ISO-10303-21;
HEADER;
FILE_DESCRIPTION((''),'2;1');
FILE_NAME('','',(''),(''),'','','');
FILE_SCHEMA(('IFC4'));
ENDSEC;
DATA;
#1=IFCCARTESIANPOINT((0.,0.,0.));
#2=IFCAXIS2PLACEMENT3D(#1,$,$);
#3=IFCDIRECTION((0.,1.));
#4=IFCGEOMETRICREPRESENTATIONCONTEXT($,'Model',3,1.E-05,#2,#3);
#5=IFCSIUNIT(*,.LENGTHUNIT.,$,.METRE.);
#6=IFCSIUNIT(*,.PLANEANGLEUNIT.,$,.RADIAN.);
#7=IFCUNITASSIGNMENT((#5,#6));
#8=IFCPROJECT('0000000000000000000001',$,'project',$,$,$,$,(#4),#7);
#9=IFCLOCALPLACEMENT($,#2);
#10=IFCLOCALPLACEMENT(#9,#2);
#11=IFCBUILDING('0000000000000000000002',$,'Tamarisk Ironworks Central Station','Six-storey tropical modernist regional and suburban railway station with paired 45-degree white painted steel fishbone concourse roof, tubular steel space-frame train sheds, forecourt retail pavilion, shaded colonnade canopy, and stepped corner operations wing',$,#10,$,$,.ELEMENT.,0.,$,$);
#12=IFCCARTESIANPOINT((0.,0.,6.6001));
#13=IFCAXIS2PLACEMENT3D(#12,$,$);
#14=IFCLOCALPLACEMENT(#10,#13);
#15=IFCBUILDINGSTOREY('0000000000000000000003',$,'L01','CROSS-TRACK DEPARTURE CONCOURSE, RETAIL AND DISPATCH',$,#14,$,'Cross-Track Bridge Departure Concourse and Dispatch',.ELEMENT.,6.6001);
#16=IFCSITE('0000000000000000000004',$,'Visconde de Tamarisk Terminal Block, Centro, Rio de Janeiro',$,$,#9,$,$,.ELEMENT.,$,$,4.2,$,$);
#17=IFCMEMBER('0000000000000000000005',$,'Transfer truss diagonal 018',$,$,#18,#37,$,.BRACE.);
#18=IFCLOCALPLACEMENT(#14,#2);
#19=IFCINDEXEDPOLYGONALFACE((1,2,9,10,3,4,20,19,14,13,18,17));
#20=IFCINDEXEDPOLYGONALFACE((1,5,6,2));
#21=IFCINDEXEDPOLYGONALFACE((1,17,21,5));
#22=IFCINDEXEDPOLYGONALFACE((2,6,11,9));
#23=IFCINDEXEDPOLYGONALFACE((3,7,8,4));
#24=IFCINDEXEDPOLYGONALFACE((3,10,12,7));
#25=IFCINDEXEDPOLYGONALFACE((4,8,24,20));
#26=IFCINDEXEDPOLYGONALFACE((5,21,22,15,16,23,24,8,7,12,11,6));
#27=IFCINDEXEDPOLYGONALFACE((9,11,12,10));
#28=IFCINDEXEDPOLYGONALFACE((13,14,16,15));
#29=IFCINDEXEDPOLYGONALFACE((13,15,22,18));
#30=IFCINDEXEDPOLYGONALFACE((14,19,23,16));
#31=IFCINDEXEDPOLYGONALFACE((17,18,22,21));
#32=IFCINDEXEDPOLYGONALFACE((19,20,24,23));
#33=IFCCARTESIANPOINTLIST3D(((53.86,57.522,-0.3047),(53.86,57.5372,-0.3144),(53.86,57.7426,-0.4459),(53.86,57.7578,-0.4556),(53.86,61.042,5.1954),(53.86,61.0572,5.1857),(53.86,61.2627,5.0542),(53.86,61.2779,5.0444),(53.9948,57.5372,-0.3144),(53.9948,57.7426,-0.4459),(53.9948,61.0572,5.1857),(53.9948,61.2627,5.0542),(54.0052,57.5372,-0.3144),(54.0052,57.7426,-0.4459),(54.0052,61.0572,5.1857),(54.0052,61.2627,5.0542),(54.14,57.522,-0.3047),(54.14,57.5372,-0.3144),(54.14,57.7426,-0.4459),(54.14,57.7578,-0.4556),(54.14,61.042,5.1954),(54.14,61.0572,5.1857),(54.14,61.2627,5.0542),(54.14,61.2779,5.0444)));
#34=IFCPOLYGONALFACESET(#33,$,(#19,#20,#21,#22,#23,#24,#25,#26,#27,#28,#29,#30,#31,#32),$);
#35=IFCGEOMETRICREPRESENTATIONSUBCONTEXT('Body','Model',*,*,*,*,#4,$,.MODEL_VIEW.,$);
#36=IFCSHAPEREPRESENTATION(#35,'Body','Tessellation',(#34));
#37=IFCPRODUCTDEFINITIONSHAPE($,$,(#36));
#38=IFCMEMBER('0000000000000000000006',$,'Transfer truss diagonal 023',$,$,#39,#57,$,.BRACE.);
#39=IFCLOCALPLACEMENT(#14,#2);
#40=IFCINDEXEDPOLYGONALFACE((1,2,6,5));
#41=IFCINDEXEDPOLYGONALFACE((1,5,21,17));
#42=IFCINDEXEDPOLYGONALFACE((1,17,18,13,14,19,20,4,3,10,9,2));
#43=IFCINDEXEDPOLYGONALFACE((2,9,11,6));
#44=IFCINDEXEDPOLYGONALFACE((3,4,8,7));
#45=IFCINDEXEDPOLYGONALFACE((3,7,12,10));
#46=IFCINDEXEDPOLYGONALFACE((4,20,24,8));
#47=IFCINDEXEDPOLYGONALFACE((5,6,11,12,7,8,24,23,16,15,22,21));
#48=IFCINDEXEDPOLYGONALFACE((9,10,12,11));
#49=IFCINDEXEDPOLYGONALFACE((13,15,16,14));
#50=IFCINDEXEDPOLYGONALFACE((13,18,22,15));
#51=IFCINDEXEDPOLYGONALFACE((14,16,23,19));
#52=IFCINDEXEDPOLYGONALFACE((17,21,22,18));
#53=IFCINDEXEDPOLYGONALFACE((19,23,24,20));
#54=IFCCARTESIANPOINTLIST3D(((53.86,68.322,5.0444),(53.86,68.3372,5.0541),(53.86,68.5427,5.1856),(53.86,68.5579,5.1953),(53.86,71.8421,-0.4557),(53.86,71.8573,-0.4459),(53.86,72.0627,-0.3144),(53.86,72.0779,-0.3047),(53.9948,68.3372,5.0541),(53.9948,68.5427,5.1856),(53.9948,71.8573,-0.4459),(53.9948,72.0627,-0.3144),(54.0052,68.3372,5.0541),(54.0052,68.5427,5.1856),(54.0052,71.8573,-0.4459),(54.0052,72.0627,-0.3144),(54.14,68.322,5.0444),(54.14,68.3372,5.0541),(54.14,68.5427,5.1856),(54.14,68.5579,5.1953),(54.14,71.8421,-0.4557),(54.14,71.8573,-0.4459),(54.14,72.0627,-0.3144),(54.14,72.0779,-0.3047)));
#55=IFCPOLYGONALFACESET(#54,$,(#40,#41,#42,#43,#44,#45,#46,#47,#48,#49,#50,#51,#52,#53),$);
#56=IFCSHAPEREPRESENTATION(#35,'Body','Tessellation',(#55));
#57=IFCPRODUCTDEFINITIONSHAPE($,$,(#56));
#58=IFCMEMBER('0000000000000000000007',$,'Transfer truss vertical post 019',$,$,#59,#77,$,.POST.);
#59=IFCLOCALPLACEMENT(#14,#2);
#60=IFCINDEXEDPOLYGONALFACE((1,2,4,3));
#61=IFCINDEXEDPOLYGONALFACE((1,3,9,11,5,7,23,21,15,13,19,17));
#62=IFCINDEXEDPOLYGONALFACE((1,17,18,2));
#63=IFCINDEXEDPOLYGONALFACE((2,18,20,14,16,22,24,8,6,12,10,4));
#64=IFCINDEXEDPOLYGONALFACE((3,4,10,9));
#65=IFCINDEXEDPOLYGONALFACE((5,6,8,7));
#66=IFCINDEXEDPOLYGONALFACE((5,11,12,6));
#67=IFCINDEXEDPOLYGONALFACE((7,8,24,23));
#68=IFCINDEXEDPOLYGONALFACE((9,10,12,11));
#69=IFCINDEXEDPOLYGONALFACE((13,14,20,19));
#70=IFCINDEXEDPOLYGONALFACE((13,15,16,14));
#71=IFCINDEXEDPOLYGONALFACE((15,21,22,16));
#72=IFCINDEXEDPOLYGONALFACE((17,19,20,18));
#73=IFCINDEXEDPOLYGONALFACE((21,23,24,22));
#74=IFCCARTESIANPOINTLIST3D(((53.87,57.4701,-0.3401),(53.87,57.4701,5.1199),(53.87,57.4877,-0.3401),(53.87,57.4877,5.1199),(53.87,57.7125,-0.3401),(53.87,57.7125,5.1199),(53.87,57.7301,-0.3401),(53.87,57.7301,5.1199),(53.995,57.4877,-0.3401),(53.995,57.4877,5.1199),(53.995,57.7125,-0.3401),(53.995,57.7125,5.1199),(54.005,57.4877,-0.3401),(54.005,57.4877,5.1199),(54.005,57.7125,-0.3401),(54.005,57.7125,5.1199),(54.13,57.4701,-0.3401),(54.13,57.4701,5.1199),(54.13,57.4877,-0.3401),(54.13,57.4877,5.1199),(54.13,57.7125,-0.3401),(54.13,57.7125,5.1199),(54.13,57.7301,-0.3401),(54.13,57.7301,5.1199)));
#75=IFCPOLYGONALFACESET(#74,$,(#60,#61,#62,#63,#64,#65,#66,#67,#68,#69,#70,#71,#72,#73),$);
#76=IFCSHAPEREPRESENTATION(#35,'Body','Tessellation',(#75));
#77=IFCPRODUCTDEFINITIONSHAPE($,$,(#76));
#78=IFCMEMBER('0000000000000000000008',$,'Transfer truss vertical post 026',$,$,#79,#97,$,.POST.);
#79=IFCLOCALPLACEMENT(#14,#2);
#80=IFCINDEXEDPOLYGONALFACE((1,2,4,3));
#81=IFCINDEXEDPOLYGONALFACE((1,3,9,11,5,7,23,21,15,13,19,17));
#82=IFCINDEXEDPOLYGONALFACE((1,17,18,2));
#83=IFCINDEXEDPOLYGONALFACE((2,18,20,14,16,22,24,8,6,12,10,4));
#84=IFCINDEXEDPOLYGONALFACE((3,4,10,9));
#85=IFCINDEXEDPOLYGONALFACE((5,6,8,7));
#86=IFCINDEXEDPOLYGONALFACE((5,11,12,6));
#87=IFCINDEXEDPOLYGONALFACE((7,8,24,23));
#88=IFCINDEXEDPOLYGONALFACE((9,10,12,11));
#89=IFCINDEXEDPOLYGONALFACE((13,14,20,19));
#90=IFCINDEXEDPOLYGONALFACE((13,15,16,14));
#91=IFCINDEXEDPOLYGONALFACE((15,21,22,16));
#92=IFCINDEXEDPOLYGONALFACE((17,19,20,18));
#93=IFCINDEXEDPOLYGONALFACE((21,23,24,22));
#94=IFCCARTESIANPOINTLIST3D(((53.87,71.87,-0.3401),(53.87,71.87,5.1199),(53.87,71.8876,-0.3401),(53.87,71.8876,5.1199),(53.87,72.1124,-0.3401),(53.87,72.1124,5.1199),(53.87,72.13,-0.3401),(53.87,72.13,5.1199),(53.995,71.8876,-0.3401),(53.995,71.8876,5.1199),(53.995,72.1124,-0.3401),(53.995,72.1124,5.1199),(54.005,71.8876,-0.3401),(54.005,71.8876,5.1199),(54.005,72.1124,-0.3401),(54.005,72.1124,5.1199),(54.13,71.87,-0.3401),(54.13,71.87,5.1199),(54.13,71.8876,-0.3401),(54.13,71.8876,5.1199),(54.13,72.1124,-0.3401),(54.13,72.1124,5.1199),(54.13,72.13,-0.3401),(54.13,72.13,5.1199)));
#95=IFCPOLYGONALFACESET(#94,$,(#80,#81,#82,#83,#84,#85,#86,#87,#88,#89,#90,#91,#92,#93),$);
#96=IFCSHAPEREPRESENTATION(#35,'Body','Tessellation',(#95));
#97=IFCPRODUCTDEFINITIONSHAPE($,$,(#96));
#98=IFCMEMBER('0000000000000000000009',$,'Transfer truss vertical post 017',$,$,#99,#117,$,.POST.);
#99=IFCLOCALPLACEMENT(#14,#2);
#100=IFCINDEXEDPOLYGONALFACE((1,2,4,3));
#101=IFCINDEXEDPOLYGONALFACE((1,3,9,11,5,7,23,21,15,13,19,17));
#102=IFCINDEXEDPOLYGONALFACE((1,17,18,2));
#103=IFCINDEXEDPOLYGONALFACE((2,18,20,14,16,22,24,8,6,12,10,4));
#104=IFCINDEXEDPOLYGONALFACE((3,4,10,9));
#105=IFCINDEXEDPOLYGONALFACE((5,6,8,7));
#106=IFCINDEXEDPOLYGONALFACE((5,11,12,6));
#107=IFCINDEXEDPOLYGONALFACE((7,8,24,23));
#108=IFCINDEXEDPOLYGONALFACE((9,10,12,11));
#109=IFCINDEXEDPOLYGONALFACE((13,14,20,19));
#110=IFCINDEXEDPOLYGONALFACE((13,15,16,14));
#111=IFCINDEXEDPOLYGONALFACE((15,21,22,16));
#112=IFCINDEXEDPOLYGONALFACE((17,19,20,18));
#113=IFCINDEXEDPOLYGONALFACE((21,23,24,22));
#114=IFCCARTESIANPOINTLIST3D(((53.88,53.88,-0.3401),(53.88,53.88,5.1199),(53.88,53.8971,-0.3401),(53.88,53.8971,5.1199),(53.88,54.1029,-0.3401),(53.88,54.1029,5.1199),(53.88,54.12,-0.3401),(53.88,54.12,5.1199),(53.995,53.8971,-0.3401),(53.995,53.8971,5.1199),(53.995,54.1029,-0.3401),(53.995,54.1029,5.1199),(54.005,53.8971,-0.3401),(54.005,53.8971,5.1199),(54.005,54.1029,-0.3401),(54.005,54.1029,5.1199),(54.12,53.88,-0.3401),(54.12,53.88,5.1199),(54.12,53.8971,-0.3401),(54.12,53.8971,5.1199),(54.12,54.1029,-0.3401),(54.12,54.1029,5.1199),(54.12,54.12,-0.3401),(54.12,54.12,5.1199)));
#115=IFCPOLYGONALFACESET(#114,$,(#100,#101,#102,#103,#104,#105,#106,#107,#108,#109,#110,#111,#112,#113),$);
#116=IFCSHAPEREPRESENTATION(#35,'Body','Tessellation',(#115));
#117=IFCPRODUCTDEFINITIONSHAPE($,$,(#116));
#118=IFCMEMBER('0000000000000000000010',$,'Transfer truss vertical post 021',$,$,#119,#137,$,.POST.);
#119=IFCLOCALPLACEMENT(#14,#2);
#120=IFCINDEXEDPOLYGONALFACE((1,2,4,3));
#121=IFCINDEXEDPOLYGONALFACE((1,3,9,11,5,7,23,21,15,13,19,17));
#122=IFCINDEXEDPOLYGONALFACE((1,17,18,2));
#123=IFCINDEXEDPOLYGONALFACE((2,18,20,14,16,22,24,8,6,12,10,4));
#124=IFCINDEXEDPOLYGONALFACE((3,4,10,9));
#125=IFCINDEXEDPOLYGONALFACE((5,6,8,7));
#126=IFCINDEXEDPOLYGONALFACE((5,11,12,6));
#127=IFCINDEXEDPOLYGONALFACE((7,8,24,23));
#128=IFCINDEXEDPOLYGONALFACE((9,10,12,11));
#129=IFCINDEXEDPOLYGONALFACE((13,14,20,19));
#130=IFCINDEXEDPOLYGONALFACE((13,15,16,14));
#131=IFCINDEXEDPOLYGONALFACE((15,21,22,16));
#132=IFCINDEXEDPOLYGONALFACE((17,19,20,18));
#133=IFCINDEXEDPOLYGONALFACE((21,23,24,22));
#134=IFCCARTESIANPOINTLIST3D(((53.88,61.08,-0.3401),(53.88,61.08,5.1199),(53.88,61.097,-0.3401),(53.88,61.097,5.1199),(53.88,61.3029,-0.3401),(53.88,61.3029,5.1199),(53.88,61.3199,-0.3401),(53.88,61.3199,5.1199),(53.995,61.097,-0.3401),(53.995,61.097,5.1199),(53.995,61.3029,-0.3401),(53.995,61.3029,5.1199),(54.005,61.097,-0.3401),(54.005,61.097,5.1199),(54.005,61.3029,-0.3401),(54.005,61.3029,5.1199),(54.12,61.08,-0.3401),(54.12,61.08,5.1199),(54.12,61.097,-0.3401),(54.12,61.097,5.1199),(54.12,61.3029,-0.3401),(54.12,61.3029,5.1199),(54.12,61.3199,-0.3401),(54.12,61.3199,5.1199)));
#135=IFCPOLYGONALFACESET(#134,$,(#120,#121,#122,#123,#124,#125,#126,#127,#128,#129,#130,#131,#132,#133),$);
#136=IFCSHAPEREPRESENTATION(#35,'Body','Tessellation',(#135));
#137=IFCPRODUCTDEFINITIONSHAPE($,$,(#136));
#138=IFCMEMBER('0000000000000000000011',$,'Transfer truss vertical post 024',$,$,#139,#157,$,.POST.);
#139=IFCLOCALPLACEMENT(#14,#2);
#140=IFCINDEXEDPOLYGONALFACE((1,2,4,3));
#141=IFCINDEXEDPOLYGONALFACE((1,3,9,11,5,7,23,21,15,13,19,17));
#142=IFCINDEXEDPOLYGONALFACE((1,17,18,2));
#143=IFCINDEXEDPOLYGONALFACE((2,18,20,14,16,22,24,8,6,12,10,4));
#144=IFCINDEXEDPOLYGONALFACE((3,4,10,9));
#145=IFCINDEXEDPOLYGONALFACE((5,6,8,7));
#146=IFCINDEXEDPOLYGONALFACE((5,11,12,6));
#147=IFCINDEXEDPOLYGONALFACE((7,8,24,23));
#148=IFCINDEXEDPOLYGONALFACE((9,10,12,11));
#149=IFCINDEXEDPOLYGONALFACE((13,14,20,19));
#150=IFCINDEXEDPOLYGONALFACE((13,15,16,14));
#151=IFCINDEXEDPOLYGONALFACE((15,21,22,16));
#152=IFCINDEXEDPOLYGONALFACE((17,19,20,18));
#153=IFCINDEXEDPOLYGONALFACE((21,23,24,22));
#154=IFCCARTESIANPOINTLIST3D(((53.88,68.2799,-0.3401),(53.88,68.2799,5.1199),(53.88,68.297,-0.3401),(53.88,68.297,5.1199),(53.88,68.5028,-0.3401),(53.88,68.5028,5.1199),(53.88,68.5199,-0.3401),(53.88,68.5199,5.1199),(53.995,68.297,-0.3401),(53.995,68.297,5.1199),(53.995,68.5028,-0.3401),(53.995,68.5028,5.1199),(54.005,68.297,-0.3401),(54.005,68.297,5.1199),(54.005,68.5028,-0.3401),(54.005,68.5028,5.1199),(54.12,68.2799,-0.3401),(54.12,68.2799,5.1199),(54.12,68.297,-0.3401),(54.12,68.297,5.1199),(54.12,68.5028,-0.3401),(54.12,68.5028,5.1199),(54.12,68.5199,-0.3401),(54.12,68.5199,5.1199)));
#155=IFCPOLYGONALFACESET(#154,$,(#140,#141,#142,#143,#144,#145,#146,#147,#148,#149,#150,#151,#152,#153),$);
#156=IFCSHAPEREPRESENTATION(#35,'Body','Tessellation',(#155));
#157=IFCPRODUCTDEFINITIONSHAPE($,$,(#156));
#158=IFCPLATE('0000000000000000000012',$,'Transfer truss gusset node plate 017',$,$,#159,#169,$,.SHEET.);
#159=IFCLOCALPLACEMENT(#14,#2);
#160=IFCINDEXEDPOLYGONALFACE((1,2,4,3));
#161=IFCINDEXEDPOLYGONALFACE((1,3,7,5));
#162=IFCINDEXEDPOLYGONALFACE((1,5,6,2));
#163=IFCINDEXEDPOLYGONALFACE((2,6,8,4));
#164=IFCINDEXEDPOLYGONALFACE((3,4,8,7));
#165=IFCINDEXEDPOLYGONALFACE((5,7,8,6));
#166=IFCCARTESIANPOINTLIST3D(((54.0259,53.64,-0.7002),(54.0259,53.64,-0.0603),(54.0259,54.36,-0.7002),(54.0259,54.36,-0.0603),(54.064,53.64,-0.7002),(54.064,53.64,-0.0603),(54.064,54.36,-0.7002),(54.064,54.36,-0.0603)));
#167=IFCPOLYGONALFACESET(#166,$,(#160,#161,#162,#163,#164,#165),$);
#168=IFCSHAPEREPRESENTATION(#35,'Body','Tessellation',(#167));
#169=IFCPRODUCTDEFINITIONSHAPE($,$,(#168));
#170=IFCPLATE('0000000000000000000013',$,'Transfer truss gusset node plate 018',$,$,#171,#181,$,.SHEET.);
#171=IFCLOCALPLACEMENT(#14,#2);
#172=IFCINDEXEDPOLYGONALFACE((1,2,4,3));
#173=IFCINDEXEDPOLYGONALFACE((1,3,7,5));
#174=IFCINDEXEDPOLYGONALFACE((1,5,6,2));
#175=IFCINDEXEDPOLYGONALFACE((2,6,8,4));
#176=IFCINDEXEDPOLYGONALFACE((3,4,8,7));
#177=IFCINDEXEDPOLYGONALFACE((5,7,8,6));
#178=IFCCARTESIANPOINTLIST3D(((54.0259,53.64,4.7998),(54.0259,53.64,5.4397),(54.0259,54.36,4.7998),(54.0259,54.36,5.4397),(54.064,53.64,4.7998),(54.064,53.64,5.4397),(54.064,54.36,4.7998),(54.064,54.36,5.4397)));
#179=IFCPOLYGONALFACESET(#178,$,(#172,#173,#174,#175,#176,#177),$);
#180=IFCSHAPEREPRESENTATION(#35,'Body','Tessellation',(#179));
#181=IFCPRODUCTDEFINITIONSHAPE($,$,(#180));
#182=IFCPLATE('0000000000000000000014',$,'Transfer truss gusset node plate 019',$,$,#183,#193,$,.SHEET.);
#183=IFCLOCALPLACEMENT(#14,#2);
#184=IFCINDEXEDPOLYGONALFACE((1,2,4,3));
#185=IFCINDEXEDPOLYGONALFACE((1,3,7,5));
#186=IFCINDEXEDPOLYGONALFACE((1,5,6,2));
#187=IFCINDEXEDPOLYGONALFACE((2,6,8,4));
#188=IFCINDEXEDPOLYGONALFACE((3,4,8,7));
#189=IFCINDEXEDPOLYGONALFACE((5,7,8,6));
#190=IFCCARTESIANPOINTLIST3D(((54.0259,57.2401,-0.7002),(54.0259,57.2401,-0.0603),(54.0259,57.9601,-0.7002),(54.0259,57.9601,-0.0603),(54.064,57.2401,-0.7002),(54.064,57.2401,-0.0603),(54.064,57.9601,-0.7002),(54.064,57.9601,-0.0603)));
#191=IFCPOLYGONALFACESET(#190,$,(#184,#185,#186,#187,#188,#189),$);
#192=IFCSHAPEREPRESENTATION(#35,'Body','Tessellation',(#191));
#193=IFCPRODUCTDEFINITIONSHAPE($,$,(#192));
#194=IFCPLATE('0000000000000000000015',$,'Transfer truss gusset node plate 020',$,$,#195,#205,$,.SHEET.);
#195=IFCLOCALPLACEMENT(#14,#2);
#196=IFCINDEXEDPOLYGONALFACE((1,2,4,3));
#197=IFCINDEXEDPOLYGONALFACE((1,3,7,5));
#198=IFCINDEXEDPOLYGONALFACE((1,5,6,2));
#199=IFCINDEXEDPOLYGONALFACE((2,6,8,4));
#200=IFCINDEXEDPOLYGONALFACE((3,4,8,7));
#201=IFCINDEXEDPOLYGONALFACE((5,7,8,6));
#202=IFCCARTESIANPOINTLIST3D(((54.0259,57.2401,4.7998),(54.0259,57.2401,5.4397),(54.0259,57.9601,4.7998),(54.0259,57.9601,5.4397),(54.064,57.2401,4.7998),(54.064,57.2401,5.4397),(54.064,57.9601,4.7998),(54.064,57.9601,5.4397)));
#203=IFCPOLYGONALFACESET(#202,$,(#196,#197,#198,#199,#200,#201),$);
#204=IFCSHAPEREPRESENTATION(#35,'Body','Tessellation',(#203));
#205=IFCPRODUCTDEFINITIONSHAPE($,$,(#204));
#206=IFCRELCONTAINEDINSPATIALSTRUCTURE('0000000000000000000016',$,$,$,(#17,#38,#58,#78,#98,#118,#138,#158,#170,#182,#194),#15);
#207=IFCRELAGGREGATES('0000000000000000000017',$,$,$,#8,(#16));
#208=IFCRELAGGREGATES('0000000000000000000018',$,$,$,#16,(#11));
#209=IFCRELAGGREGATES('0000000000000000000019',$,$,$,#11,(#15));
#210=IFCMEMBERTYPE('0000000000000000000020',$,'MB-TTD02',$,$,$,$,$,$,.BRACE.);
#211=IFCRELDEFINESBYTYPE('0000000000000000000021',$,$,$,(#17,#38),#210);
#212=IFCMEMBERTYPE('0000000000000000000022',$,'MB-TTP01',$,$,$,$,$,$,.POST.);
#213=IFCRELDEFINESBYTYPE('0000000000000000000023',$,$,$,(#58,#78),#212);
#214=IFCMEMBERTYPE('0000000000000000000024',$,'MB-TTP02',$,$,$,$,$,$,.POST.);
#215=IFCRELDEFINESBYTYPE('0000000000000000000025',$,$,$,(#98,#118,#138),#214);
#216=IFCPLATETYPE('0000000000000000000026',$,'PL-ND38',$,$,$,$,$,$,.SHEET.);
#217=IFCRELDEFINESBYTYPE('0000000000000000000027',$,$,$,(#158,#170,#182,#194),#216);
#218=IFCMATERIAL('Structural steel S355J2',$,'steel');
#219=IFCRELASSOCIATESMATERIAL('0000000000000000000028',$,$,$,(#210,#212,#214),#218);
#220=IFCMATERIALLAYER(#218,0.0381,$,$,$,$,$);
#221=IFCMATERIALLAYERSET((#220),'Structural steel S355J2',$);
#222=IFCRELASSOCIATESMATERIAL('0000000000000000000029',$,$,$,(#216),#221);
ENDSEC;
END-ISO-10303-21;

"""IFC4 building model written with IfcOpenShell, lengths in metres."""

from ifc_helpers import new_model, si_unit, direction, frame, origin, origin_2d, place, context, subcontext, project, spatial, rectangle, i_section, extrude, material, layer, layer_set, material_profile, profile_set, type_object, element, save


model = new_model("IFC4")

# Units and contexts
model_context = context("Model", 3, precision=1e-05, world=origin(), true_north=direction((0.0, 1.0)))
body_context = subcontext(model_context, "Body", "Model", "MODEL_VIEW")
ifc_project = project(units=[si_unit("LENGTHUNIT", "METRE"), si_unit("PLANEANGLEUNIT", "RADIAN")], contexts=[model_context])

# Site, building, storey
site_placement = place(None, origin())
site = spatial("IfcSite", under=ifc_project, at=site_placement, Name="Visconde de Tamarisk Terminal Block, Centro, Rio de Janeiro", CompositionType="ELEMENT", RefElevation=4.2)
building_placement = place(site_placement, origin())
building = spatial("IfcBuilding", under=site, at=building_placement, Name="Tamarisk Ironworks Central Station", Description="Six-storey tropical modernist regional and suburban railway station with paired 45-degree white painted steel fishbone concourse roof, tubular steel space-frame train sheds, forecourt retail pavilion, shaded colonnade canopy, and stepped corner operations wing", CompositionType="ELEMENT", ElevationOfRefHeight=0.0)
storey_placement = place(building_placement, frame((0.0, 0.0, 6.6001)))
storey = spatial("IfcBuildingStorey", under=building, at=storey_placement, Name="L01", Description="CROSS-TRACK DEPARTURE CONCOURSE, RETAIL AND DISPATCH", LongName="Cross-Track Bridge Departure Concourse and Dispatch", CompositionType="ELEMENT", Elevation=6.6001)

# Shared definitions
ifc_material_1 = material(Name="Structural steel S355J2", Category="steel")

# Members
ifc_material_profile_1 = material_profile(ifc_material_1, i_section(OverallWidth=0.28, OverallDepth=0.28, WebThickness=0.0105, FlangeThickness=0.0181, at=origin_2d()), Name="HEB 280")
ifc_profile_set_1 = profile_set([ifc_material_profile_1], Name="Structural steel S355J2")
member_type_1 = type_object("IfcMemberType", Name="MB-TTD02", PredefinedType="BRACE", material=ifc_profile_set_1)
for number, where, z_axis, x_axis, name in (
    (1, (54.0, 57.6399, -0.3801), (0.0, 0.539056, 0.84227), (-1.0, 0.0, 0.0), "Transfer truss diagonal 018"),
    (2, (54.0, 68.4399, 5.1199), (0.0, 0.539056, -0.84227), (-1.0, 0.0, 0.0), "Transfer truss diagonal 023"),
):
    element("IfcMember", number, at=place(storey_placement, frame(where, z_axis=z_axis, x_axis=x_axis)), inside=storey, type_object=member_type_1, Name=name, PredefinedType="BRACE", context=body_context, shape_type="SweptSolid", body=[
        extrude(i_section(OverallWidth=0.28, OverallDepth=0.28, WebThickness=0.0105, FlangeThickness=0.0181, at=origin_2d()), origin(), (0.0, 0.0, 1.0), 6.53),
    ])
ifc_material_profile_2 = material_profile(ifc_material_1, i_section(OverallWidth=0.26, OverallDepth=0.26, WebThickness=0.01, FlangeThickness=0.0176, at=origin_2d()), Name="HEB 260")
ifc_profile_set_2 = profile_set([ifc_material_profile_2], Name="Structural steel S355J2")
member_type_2 = type_object("IfcMemberType", Name="MB-TTP01", PredefinedType="POST", material=ifc_profile_set_2)
for number, where, z_axis, x_axis, name in (
    (3, (54.0, 57.6001, -0.3401), (0.0, 0.0, 1.0), (1.0, 0.0, 0.0), "Transfer truss vertical post 019"),
    (4, (54.0, 72.0, -0.3401), (0.0, 0.0, 1.0), (1.0, 0.0, 0.0), "Transfer truss vertical post 026"),
):
    element("IfcMember", number, at=place(storey_placement, frame(where, z_axis=z_axis, x_axis=x_axis)), inside=storey, type_object=member_type_2, Name=name, PredefinedType="POST", context=body_context, shape_type="SweptSolid", body=[
        extrude(i_section(OverallWidth=0.26, OverallDepth=0.26, WebThickness=0.01, FlangeThickness=0.0176, at=origin_2d()), origin(), (0.0, 0.0, 1.0), 5.46),
    ])
ifc_material_profile_3 = material_profile(ifc_material_1, i_section(OverallWidth=0.24, OverallDepth=0.24, WebThickness=0.01, FlangeThickness=0.0171, at=origin_2d()), Name="HEB 240")
ifc_profile_set_3 = profile_set([ifc_material_profile_3], Name="Structural steel S355J2")
member_type_3 = type_object("IfcMemberType", Name="MB-TTP02", PredefinedType="POST", material=ifc_profile_set_3)
for number, where, z_axis, x_axis, name in (
    (5, (54.0, 54.0, -0.3401), (0.0, 0.0, 1.0), (1.0, 0.0, 0.0), "Transfer truss vertical post 017"),
    (6, (54.0, 61.2, -0.3401), (0.0, 0.0, 1.0), (1.0, 0.0, 0.0), "Transfer truss vertical post 021"),
    (7, (54.0, 68.3999, -0.3401), (0.0, 0.0, 1.0), (1.0, 0.0, 0.0), "Transfer truss vertical post 024"),
):
    element("IfcMember", number, at=place(storey_placement, frame(where, z_axis=z_axis, x_axis=x_axis)), inside=storey, type_object=member_type_3, Name=name, PredefinedType="POST", context=body_context, shape_type="SweptSolid", body=[
        extrude(i_section(OverallWidth=0.24, OverallDepth=0.24, WebThickness=0.01, FlangeThickness=0.0171, at=origin_2d()), origin(), (0.0, 0.0, 1.0), 5.46),
    ])

# Plates
ifc_layer = layer(ifc_material_1, 0.0381)
ifc_layer_set = layer_set([ifc_layer], Name="Structural steel S355J2")
plate_type = type_object("IfcPlateType", Name="PL-ND38", PredefinedType="SHEET", material=ifc_layer_set)
for number, where, z_axis, x_axis, name in (
    (8, (54.0449, 54.0, -0.7002), (0.0, 0.0, 1.0), (1.0, 0.0, 0.0), "Transfer truss gusset node plate 017"),
    (9, (54.0449, 54.0, 4.7998), (0.0, 0.0, 1.0), (1.0, 0.0, 0.0), "Transfer truss gusset node plate 018"),
    (10, (54.0449, 57.6001, -0.7002), (0.0, 0.0, 1.0), (1.0, 0.0, 0.0), "Transfer truss gusset node plate 019"),
    (11, (54.0449, 57.6001, 4.7998), (0.0, 0.0, 1.0), (1.0, 0.0, 0.0), "Transfer truss gusset node plate 020"),
):
    element("IfcPlate", number, at=place(storey_placement, frame(where, z_axis=z_axis, x_axis=x_axis)), inside=storey, type_object=plate_type, Name=name, PredefinedType="SHEET", context=body_context, shape_type="SweptSolid", body=[
        extrude(rectangle(XDim=0.0381, YDim=0.72, at=origin_2d()), origin(), (0.0, 0.0, 1.0), 0.6399),
    ])

save(model, "model.ifc")
